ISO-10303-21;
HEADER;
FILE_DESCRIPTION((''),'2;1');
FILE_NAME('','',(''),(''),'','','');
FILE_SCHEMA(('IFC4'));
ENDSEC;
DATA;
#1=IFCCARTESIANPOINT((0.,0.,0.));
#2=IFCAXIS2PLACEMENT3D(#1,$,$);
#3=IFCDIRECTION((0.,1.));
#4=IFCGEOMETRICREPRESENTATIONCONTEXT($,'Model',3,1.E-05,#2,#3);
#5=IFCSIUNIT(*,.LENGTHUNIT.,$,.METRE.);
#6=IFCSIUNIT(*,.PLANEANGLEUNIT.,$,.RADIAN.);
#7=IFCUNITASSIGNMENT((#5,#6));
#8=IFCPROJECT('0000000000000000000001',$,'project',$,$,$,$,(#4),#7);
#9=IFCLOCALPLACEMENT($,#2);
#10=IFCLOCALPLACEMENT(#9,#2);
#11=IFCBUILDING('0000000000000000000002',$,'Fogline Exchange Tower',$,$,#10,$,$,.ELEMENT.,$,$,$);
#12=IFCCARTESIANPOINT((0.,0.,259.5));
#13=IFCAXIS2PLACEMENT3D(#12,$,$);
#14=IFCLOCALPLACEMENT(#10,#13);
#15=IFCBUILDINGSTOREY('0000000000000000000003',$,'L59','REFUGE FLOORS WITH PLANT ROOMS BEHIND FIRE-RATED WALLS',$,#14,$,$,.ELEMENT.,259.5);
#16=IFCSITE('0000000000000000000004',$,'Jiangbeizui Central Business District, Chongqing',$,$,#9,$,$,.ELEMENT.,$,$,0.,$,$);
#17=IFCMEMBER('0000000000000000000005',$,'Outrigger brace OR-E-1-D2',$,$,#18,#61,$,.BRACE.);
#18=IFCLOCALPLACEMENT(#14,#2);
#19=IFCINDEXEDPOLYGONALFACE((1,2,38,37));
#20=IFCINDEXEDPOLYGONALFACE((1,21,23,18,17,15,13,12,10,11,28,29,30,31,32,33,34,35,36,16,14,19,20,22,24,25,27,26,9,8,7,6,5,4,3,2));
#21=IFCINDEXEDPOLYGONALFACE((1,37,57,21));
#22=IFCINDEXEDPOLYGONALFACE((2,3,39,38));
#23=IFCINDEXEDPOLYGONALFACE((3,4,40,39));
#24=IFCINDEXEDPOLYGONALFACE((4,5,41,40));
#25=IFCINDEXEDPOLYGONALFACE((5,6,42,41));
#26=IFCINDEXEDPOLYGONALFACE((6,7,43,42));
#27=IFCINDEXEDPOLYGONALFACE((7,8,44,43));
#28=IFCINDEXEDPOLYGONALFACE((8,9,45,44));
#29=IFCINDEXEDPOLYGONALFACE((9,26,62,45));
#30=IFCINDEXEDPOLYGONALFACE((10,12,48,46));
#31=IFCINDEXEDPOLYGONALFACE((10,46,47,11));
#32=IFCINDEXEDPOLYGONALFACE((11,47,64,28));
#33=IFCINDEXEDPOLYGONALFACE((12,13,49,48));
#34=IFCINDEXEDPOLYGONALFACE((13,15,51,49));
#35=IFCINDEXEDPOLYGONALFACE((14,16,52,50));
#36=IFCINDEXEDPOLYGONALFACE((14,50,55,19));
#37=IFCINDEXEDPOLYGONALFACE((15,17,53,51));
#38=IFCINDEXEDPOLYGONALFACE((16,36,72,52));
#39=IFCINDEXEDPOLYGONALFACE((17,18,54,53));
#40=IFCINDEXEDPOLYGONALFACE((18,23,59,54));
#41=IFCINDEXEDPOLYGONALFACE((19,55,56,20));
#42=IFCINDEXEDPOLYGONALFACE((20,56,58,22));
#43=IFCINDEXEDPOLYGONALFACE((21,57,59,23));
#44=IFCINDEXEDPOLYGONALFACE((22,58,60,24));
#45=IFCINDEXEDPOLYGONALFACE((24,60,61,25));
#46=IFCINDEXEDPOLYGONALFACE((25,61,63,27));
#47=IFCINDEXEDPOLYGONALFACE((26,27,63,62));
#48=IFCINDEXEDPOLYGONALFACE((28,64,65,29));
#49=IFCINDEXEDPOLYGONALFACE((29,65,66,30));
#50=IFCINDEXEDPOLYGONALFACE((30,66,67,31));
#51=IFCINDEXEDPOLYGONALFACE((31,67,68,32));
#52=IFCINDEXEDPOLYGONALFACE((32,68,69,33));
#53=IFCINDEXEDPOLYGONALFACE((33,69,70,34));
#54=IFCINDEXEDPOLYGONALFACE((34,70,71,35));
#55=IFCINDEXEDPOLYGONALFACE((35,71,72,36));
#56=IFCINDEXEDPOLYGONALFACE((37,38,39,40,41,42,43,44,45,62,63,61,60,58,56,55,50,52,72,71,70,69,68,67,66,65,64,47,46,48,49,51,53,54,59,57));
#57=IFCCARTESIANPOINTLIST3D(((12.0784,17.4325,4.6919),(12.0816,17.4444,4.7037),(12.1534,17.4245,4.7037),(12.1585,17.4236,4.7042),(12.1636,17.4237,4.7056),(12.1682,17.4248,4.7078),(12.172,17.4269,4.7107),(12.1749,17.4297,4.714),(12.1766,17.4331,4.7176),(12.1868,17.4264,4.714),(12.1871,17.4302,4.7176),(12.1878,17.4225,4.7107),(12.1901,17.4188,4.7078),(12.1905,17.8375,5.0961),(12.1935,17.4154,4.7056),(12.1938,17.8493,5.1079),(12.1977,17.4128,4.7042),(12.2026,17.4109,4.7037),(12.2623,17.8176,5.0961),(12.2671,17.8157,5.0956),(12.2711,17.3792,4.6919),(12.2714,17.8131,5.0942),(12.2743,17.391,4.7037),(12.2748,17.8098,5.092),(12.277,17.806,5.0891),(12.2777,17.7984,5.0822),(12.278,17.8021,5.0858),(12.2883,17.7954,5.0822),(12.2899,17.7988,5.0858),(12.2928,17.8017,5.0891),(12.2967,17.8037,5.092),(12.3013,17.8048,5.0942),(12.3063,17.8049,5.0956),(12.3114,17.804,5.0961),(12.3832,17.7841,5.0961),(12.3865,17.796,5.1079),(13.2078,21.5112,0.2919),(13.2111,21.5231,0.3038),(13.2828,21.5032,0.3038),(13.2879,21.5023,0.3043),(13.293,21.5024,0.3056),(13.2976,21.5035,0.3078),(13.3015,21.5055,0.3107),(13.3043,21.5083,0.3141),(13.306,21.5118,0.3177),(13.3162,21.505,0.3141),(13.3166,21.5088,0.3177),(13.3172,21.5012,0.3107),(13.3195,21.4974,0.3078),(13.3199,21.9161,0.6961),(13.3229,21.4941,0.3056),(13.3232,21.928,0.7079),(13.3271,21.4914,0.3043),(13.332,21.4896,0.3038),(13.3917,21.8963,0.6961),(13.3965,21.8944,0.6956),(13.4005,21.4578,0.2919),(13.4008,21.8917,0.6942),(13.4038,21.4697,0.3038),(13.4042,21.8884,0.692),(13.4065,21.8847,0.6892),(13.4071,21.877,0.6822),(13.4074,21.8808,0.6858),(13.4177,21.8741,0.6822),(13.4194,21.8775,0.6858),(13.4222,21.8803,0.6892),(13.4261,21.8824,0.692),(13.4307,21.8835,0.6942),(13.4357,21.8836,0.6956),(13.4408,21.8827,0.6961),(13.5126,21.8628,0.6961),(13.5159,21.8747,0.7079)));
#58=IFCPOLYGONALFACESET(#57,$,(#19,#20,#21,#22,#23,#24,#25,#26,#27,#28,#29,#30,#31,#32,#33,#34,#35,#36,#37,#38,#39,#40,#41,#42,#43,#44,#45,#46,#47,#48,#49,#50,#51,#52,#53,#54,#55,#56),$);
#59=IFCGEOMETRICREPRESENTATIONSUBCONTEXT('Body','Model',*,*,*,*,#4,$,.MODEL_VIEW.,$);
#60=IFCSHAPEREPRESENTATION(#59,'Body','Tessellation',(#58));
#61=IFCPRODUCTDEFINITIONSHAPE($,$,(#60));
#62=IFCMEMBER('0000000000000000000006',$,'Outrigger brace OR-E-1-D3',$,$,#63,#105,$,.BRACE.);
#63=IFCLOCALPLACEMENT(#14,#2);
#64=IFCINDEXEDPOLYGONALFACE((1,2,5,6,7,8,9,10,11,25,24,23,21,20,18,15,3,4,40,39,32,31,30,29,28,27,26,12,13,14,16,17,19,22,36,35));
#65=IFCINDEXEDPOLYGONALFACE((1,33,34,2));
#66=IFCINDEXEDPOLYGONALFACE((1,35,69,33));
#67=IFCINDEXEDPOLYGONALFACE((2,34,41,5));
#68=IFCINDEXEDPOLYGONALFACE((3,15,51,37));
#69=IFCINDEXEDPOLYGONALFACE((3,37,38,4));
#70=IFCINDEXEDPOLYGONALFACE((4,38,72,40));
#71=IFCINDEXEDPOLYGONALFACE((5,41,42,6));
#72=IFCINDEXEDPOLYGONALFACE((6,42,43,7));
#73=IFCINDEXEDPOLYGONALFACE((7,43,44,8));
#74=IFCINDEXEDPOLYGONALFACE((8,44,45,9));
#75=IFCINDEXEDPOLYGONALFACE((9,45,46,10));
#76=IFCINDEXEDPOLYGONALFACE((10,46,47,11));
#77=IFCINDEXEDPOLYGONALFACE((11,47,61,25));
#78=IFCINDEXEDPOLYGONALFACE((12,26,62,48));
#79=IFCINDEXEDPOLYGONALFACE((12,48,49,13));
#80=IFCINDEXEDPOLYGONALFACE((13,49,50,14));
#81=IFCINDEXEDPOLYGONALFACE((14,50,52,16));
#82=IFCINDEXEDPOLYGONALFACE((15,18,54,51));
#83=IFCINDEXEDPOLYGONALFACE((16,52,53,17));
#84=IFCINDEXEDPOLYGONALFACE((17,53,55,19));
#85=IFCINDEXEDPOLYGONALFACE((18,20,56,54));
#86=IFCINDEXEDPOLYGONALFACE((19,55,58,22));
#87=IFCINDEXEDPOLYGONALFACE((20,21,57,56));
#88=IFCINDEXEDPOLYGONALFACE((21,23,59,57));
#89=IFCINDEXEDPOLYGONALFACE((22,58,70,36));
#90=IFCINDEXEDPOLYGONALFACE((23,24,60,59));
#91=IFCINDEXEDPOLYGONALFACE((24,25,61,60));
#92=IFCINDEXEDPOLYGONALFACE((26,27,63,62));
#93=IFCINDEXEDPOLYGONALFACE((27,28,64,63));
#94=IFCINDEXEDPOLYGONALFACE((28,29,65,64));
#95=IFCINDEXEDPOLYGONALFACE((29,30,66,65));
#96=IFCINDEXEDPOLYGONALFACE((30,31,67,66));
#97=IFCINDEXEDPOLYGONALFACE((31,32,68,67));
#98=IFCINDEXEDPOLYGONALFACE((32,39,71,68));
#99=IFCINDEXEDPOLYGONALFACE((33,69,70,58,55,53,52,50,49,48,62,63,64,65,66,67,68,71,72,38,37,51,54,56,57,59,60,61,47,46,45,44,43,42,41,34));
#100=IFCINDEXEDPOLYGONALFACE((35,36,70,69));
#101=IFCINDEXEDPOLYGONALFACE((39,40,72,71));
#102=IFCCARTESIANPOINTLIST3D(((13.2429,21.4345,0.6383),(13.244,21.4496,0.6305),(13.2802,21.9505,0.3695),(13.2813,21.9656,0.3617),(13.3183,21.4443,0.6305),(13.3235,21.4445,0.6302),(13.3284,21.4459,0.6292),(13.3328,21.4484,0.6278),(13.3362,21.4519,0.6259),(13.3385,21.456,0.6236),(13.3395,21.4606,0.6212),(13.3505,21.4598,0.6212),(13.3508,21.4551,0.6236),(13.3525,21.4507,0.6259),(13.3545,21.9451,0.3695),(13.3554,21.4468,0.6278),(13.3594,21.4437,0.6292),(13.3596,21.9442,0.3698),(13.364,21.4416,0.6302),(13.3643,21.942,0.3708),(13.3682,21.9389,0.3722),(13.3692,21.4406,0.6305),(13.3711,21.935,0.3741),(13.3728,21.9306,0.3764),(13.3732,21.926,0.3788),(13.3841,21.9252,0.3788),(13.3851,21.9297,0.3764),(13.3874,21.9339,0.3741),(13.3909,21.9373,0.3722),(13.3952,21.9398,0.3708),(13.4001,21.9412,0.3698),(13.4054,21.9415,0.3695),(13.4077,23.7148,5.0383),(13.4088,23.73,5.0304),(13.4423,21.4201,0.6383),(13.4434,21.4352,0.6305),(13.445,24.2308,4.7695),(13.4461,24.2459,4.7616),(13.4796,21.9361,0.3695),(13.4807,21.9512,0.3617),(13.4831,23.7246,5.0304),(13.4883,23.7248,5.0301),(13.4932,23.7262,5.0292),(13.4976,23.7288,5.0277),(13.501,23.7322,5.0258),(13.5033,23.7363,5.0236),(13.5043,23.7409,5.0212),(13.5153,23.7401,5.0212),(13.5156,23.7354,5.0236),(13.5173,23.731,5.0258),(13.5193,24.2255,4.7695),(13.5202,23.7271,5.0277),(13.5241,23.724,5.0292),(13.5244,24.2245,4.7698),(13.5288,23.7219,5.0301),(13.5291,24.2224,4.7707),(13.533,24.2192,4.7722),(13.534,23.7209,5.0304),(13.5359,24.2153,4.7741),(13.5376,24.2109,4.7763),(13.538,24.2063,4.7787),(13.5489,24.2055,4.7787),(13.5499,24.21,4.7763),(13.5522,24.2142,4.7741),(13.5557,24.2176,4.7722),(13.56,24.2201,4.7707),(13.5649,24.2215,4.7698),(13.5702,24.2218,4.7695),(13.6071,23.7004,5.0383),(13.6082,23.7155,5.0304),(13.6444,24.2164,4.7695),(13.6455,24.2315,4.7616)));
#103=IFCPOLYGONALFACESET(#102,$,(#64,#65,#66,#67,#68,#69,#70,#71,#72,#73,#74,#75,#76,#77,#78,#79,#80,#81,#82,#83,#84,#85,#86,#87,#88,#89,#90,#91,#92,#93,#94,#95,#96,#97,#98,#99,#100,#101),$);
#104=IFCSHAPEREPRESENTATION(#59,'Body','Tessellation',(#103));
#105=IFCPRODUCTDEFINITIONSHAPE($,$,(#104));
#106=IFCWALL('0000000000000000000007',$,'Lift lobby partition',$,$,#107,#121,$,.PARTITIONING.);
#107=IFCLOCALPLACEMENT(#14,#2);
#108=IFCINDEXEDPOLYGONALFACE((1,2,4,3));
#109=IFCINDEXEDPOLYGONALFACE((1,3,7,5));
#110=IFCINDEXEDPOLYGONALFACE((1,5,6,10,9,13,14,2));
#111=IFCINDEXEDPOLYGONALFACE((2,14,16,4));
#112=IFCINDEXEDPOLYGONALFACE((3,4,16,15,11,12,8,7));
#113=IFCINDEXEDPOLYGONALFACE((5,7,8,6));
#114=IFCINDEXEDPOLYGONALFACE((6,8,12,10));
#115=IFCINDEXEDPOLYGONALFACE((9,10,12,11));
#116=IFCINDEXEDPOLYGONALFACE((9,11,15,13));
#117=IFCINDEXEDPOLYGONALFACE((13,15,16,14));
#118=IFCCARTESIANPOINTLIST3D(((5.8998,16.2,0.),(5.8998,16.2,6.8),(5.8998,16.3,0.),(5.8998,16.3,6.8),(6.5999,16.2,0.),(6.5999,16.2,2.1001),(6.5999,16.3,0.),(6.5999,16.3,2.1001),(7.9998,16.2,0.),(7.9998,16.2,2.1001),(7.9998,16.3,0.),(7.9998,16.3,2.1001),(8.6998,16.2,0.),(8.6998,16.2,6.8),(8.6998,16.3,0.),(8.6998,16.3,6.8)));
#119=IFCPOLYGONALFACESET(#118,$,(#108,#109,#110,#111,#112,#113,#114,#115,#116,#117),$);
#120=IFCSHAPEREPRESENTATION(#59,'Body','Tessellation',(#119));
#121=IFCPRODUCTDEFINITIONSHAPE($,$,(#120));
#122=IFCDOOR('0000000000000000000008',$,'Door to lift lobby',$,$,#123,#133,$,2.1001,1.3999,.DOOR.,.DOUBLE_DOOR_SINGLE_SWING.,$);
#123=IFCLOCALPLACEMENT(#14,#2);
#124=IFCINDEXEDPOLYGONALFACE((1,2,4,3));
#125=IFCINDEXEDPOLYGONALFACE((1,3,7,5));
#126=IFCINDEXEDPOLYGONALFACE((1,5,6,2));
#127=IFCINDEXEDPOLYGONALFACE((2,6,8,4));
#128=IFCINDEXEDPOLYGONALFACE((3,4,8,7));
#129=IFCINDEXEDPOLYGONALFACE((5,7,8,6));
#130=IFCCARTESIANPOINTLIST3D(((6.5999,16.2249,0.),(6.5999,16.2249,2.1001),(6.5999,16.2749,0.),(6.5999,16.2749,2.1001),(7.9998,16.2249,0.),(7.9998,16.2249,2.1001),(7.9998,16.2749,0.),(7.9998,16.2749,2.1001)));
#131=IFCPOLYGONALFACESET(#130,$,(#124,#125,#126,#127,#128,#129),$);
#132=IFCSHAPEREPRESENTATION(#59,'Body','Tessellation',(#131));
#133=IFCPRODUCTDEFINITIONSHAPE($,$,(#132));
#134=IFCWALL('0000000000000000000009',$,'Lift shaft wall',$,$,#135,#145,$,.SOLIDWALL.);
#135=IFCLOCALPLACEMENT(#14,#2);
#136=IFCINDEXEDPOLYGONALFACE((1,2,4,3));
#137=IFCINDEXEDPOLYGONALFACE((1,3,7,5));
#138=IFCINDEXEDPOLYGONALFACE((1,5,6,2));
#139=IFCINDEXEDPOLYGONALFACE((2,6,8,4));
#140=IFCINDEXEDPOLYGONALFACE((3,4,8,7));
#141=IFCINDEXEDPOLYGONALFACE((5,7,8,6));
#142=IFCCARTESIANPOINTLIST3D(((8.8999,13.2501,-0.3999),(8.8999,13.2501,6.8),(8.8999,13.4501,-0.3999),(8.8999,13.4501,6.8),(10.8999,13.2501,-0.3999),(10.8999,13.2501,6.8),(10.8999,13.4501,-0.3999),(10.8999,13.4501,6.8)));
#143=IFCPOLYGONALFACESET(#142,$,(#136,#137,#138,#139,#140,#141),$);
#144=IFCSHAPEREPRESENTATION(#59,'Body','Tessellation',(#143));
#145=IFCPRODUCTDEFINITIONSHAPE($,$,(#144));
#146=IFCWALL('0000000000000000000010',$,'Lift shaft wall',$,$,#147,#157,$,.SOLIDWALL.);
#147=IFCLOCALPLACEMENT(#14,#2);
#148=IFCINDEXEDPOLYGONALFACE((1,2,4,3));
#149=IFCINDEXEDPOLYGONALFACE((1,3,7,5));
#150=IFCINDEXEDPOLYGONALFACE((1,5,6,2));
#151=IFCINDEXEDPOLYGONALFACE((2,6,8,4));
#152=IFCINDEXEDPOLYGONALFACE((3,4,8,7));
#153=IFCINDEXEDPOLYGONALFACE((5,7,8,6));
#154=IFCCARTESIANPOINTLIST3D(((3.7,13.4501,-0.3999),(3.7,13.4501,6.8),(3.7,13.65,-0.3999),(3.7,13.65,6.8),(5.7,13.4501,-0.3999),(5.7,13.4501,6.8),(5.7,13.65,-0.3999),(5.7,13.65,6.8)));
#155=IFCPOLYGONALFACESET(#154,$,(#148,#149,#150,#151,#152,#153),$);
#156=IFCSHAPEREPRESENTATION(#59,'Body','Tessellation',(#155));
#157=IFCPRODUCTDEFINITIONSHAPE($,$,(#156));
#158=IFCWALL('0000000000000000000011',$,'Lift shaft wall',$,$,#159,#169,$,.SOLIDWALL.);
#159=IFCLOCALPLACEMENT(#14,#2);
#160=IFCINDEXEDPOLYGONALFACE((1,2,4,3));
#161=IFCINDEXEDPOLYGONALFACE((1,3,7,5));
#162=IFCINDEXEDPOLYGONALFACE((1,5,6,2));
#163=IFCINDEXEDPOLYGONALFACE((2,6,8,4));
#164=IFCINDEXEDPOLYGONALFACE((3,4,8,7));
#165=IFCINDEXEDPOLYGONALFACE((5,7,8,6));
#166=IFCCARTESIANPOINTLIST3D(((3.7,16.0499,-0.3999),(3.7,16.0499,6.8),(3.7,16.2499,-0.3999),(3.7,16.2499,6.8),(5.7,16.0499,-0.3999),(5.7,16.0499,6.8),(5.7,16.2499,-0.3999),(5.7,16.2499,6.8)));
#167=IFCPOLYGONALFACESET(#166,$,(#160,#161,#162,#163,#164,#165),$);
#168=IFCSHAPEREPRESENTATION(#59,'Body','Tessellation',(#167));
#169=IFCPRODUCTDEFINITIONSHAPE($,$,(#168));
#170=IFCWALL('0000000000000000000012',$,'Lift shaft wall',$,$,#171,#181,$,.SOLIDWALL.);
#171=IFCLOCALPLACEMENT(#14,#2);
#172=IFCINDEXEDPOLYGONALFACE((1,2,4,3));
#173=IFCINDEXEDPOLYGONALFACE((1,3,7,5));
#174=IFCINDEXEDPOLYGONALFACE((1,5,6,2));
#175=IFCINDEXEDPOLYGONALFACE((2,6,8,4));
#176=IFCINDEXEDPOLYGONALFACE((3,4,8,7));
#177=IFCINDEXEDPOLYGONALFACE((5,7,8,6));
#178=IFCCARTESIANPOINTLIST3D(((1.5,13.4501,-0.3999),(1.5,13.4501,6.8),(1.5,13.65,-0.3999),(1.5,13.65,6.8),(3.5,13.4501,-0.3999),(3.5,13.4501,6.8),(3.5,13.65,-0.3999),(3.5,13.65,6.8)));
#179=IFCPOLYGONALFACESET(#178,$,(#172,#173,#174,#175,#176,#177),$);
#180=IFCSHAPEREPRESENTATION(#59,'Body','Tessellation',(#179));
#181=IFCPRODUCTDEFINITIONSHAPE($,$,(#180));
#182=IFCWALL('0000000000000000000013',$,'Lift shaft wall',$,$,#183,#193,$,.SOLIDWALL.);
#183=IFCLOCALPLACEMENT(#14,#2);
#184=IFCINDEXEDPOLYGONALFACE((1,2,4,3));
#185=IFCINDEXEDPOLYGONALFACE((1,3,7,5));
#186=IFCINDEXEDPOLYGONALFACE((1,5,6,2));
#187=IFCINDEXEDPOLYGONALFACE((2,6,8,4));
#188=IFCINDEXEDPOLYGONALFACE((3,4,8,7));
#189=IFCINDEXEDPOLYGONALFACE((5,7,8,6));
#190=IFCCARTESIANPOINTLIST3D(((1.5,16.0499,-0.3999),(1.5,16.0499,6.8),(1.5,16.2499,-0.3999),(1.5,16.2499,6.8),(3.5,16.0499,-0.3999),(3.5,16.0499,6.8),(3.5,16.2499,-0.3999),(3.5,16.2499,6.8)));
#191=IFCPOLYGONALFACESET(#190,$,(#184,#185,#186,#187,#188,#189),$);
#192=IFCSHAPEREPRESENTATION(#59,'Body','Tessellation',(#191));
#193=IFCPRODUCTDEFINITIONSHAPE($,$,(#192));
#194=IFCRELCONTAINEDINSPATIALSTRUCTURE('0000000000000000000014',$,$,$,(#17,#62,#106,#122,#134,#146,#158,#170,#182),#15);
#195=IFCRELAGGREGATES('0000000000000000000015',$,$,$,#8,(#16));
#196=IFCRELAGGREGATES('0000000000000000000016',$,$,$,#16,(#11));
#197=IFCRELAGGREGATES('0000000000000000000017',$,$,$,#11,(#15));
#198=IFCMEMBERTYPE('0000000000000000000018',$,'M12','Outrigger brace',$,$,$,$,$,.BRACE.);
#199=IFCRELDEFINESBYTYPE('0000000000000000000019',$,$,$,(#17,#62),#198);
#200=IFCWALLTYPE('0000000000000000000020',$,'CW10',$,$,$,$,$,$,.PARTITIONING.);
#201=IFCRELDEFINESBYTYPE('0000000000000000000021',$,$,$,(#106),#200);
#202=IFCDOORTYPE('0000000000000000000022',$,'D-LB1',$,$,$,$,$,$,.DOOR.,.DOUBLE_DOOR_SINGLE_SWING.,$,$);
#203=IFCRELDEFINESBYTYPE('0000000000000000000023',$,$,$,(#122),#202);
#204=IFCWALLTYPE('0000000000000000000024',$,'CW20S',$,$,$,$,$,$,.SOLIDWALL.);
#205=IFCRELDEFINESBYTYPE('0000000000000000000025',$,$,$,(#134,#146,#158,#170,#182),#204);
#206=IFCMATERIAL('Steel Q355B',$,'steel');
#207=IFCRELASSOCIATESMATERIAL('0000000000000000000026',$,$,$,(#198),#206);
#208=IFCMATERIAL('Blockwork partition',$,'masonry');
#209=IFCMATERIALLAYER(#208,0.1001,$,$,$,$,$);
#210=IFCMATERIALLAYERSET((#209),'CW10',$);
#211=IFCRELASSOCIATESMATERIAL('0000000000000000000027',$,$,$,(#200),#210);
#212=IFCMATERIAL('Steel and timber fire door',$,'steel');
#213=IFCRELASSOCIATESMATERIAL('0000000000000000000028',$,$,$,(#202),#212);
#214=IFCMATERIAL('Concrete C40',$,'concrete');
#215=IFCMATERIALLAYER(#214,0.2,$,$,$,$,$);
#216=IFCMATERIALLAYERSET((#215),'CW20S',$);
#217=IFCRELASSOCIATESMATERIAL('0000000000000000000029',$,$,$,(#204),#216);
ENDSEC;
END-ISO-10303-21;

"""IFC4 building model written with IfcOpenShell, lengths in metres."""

from ifc_helpers import new_model, si_unit, direction, frame, frame_2d, origin, origin_2d, place, context, subcontext, project, spatial, rectangle, i_section, extrude, material, layer, layer_set, material_profile, profile_set, type_object, element, fill, save


model = new_model("IFC4")

# Units and contexts
model_context = context("Model", 3, precision=1e-05, world=origin(), true_north=direction((0.0, 1.0)))
body_context = subcontext(model_context, "Body", "Model", "MODEL_VIEW")
ifc_project = project(units=[si_unit("LENGTHUNIT", "METRE"), si_unit("PLANEANGLEUNIT", "RADIAN")], contexts=[model_context])

# Site, building, storey
site_placement = place(None, origin())
site = spatial("IfcSite", under=ifc_project, at=site_placement, Name="Jiangbeizui Central Business District, Chongqing", CompositionType="ELEMENT", RefElevation=0.0)
building_placement = place(site_placement, origin())
building = spatial("IfcBuilding", under=site, at=building_placement, Name="Fogline Exchange Tower", CompositionType="ELEMENT")
storey_placement = place(building_placement, frame((0.0, 0.0, 259.5)))
storey = spatial("IfcBuildingStorey", under=building, at=storey_placement, Name="L59", Description="REFUGE FLOORS WITH PLANT ROOMS BEHIND FIRE-RATED WALLS", CompositionType="ELEMENT", Elevation=259.5)

# Shared definitions
ifc_material_1 = material(Name="Concrete C40", Category="concrete")

# Members
ifc_material_2 = material(Name="Steel Q355B", Category="steel")
ifc_material_profile_1 = material_profile(ifc_material_2, i_section(OverallWidth=0.2, OverallDepth=0.6001, WebThickness=0.011, FlangeThickness=0.0171, FilletRadius=0.02, at=origin_2d()), Name="HN600X200X11X17")
ifc_profile_set_1 = profile_set([ifc_material_profile_1], Name="Steel Q355B")
member_type_1 = type_object("IfcMemberType", Name="M12", Description="Outrigger brace", PredefinedType="BRACE", material=ifc_profile_set_1)
member_1_placement = place(storey_placement, frame((12.2324, 17.6143, 4.8999), z_axis=(0.184998, 0.668089, -0.720717), x_axis=(-0.963734, 0.266864, 0.0)))
element("IfcMember", 1, at=member_1_placement, inside=storey, type_object=member_type_1, Name="Outrigger brace OR-E-1-D2", PredefinedType="BRACE", context=body_context, shape_type="SweptSolid", body=[
    extrude(i_section(OverallWidth=0.2, OverallDepth=0.6001, WebThickness=0.011, FlangeThickness=0.0171, FilletRadius=0.02, at=origin_2d()), origin(), (0.0, 0.0, 1.0), 6.105),
])
member_2_placement = place(storey_placement, frame((13.3618, 21.6929, 0.5), z_axis=(0.033235, 0.459879, 0.887359), x_axis=(-0.997399, 0.072082, 0.0)))
element("IfcMember", 2, at=member_2_placement, inside=storey, type_object=member_type_1, Name="Outrigger brace OR-E-1-D3", PredefinedType="BRACE", context=body_context, shape_type="SweptSolid", body=[
    extrude(i_section(OverallWidth=0.2, OverallDepth=0.6001, WebThickness=0.011, FlangeThickness=0.0171, FilletRadius=0.02, at=origin_2d()), origin(), (0.0, 0.0, 1.0), 4.9585),
])

# Wall, opening, door
ifc_material_3 = material(Name="Blockwork partition", Category="masonry")
ifc_layer_1 = layer(ifc_material_3, 0.1001)
ifc_layer_set_1 = layer_set([ifc_layer_1], Name="CW10")
wall_type_1 = type_object("IfcWallType", Name="CW10", PredefinedType="PARTITIONING", material=ifc_layer_set_1)
wall_1_placement = place(storey_placement, frame((5.8999, 16.25, 0.0), z_axis=(0.0, 0.0, 1.0), x_axis=(1.0, 0.0, 0.0)))
wall_1 = element("IfcWall", 3, at=wall_1_placement, inside=storey, type_object=wall_type_1, Name="Lift lobby partition", PredefinedType="PARTITIONING", context=body_context, shape_type="SweptSolid", body=[
    extrude(rectangle(XDim=2.8, YDim=0.1001, at=frame_2d((1.3999, 0.0))), origin(), (0.0, 0.0, 1.0), 6.8),
])
opening_1_placement = place(wall_1_placement, frame((0.7, 0.0, 0.0)))
opening_1 = element("IfcOpeningElement", 4, at=opening_1_placement, cuts=wall_1, PredefinedType="OPENING", context=body_context, shape_type="SweptSolid", body=[
    extrude(rectangle(XDim=1.3999, YDim=2.1001, at=frame_2d((0.7, 1.05))), frame((0.0, 0.0601, 0.0), z_axis=(0.0, -1.0, 0.0), x_axis=(1.0, 0.0, 0.0)), (0.0, 0.0, 1.0), 0.1201),
])
ifc_material_4 = material(Name="Steel and timber fire door", Category="steel")
door_type_1 = type_object("IfcDoorType", Name="D-LB1", OperationType="DOUBLE_DOOR_SINGLE_SWING", PredefinedType="DOOR", material=ifc_material_4)
door_1_placement = place(opening_1_placement, origin())
door_1 = element("IfcDoor", 5, at=door_1_placement, inside=storey, type_object=door_type_1, Name="Door to lift lobby", OperationType="DOUBLE_DOOR_SINGLE_SWING", OverallHeight=2.1001, OverallWidth=1.3999, PredefinedType="DOOR", context=body_context, shape_type="SweptSolid", body=[
    extrude(rectangle(XDim=1.3999, YDim=2.1001, at=frame_2d((0.7, 1.05))), frame((0.0, 0.0249, 0.0), z_axis=(0.0, -1.0, 0.0), x_axis=(1.0, 0.0, 0.0)), (0.0, 0.0, 1.0), 0.05),
])
fill(opening_1, door_1)

# Walls
ifc_layer_2 = layer(ifc_material_1, 0.2)
ifc_layer_set_2 = layer_set([ifc_layer_2], Name="CW20S")
wall_type_2 = type_object("IfcWallType", Name="CW20S", PredefinedType="SOLIDWALL", material=ifc_layer_set_2)
for number, where, z_axis, x_axis, name in (
    (6, (8.8999, 13.3501, -0.3999), (0.0, 0.0, 1.0), (1.0, 0.0, 0.0), "Lift shaft wall"),
    (7, (3.7, 13.55, -0.3999), (0.0, 0.0, 1.0), (1.0, 0.0, 0.0), "Lift shaft wall"),
    (8, (3.7, 16.1499, -0.3999), (0.0, 0.0, 1.0), (1.0, 0.0, 0.0), "Lift shaft wall"),
    (9, (1.5, 13.55, -0.3999), (0.0, 0.0, 1.0), (1.0, 0.0, 0.0), "Lift shaft wall"),
    (10, (1.5, 16.1499, -0.3999), (0.0, 0.0, 1.0), (1.0, 0.0, 0.0), "Lift shaft wall"),
):
    element("IfcWall", number, at=place(storey_placement, frame(where, z_axis=z_axis, x_axis=x_axis)), inside=storey, type_object=wall_type_2, Name=name, PredefinedType="SOLIDWALL", context=body_context, shape_type="SweptSolid", body=[
        extrude(rectangle(XDim=2.0, YDim=0.2, at=frame_2d((1.0, 0.0))), origin(), (0.0, 0.0, 1.0), 7.2),
    ])

save(model, "model.ifc")
